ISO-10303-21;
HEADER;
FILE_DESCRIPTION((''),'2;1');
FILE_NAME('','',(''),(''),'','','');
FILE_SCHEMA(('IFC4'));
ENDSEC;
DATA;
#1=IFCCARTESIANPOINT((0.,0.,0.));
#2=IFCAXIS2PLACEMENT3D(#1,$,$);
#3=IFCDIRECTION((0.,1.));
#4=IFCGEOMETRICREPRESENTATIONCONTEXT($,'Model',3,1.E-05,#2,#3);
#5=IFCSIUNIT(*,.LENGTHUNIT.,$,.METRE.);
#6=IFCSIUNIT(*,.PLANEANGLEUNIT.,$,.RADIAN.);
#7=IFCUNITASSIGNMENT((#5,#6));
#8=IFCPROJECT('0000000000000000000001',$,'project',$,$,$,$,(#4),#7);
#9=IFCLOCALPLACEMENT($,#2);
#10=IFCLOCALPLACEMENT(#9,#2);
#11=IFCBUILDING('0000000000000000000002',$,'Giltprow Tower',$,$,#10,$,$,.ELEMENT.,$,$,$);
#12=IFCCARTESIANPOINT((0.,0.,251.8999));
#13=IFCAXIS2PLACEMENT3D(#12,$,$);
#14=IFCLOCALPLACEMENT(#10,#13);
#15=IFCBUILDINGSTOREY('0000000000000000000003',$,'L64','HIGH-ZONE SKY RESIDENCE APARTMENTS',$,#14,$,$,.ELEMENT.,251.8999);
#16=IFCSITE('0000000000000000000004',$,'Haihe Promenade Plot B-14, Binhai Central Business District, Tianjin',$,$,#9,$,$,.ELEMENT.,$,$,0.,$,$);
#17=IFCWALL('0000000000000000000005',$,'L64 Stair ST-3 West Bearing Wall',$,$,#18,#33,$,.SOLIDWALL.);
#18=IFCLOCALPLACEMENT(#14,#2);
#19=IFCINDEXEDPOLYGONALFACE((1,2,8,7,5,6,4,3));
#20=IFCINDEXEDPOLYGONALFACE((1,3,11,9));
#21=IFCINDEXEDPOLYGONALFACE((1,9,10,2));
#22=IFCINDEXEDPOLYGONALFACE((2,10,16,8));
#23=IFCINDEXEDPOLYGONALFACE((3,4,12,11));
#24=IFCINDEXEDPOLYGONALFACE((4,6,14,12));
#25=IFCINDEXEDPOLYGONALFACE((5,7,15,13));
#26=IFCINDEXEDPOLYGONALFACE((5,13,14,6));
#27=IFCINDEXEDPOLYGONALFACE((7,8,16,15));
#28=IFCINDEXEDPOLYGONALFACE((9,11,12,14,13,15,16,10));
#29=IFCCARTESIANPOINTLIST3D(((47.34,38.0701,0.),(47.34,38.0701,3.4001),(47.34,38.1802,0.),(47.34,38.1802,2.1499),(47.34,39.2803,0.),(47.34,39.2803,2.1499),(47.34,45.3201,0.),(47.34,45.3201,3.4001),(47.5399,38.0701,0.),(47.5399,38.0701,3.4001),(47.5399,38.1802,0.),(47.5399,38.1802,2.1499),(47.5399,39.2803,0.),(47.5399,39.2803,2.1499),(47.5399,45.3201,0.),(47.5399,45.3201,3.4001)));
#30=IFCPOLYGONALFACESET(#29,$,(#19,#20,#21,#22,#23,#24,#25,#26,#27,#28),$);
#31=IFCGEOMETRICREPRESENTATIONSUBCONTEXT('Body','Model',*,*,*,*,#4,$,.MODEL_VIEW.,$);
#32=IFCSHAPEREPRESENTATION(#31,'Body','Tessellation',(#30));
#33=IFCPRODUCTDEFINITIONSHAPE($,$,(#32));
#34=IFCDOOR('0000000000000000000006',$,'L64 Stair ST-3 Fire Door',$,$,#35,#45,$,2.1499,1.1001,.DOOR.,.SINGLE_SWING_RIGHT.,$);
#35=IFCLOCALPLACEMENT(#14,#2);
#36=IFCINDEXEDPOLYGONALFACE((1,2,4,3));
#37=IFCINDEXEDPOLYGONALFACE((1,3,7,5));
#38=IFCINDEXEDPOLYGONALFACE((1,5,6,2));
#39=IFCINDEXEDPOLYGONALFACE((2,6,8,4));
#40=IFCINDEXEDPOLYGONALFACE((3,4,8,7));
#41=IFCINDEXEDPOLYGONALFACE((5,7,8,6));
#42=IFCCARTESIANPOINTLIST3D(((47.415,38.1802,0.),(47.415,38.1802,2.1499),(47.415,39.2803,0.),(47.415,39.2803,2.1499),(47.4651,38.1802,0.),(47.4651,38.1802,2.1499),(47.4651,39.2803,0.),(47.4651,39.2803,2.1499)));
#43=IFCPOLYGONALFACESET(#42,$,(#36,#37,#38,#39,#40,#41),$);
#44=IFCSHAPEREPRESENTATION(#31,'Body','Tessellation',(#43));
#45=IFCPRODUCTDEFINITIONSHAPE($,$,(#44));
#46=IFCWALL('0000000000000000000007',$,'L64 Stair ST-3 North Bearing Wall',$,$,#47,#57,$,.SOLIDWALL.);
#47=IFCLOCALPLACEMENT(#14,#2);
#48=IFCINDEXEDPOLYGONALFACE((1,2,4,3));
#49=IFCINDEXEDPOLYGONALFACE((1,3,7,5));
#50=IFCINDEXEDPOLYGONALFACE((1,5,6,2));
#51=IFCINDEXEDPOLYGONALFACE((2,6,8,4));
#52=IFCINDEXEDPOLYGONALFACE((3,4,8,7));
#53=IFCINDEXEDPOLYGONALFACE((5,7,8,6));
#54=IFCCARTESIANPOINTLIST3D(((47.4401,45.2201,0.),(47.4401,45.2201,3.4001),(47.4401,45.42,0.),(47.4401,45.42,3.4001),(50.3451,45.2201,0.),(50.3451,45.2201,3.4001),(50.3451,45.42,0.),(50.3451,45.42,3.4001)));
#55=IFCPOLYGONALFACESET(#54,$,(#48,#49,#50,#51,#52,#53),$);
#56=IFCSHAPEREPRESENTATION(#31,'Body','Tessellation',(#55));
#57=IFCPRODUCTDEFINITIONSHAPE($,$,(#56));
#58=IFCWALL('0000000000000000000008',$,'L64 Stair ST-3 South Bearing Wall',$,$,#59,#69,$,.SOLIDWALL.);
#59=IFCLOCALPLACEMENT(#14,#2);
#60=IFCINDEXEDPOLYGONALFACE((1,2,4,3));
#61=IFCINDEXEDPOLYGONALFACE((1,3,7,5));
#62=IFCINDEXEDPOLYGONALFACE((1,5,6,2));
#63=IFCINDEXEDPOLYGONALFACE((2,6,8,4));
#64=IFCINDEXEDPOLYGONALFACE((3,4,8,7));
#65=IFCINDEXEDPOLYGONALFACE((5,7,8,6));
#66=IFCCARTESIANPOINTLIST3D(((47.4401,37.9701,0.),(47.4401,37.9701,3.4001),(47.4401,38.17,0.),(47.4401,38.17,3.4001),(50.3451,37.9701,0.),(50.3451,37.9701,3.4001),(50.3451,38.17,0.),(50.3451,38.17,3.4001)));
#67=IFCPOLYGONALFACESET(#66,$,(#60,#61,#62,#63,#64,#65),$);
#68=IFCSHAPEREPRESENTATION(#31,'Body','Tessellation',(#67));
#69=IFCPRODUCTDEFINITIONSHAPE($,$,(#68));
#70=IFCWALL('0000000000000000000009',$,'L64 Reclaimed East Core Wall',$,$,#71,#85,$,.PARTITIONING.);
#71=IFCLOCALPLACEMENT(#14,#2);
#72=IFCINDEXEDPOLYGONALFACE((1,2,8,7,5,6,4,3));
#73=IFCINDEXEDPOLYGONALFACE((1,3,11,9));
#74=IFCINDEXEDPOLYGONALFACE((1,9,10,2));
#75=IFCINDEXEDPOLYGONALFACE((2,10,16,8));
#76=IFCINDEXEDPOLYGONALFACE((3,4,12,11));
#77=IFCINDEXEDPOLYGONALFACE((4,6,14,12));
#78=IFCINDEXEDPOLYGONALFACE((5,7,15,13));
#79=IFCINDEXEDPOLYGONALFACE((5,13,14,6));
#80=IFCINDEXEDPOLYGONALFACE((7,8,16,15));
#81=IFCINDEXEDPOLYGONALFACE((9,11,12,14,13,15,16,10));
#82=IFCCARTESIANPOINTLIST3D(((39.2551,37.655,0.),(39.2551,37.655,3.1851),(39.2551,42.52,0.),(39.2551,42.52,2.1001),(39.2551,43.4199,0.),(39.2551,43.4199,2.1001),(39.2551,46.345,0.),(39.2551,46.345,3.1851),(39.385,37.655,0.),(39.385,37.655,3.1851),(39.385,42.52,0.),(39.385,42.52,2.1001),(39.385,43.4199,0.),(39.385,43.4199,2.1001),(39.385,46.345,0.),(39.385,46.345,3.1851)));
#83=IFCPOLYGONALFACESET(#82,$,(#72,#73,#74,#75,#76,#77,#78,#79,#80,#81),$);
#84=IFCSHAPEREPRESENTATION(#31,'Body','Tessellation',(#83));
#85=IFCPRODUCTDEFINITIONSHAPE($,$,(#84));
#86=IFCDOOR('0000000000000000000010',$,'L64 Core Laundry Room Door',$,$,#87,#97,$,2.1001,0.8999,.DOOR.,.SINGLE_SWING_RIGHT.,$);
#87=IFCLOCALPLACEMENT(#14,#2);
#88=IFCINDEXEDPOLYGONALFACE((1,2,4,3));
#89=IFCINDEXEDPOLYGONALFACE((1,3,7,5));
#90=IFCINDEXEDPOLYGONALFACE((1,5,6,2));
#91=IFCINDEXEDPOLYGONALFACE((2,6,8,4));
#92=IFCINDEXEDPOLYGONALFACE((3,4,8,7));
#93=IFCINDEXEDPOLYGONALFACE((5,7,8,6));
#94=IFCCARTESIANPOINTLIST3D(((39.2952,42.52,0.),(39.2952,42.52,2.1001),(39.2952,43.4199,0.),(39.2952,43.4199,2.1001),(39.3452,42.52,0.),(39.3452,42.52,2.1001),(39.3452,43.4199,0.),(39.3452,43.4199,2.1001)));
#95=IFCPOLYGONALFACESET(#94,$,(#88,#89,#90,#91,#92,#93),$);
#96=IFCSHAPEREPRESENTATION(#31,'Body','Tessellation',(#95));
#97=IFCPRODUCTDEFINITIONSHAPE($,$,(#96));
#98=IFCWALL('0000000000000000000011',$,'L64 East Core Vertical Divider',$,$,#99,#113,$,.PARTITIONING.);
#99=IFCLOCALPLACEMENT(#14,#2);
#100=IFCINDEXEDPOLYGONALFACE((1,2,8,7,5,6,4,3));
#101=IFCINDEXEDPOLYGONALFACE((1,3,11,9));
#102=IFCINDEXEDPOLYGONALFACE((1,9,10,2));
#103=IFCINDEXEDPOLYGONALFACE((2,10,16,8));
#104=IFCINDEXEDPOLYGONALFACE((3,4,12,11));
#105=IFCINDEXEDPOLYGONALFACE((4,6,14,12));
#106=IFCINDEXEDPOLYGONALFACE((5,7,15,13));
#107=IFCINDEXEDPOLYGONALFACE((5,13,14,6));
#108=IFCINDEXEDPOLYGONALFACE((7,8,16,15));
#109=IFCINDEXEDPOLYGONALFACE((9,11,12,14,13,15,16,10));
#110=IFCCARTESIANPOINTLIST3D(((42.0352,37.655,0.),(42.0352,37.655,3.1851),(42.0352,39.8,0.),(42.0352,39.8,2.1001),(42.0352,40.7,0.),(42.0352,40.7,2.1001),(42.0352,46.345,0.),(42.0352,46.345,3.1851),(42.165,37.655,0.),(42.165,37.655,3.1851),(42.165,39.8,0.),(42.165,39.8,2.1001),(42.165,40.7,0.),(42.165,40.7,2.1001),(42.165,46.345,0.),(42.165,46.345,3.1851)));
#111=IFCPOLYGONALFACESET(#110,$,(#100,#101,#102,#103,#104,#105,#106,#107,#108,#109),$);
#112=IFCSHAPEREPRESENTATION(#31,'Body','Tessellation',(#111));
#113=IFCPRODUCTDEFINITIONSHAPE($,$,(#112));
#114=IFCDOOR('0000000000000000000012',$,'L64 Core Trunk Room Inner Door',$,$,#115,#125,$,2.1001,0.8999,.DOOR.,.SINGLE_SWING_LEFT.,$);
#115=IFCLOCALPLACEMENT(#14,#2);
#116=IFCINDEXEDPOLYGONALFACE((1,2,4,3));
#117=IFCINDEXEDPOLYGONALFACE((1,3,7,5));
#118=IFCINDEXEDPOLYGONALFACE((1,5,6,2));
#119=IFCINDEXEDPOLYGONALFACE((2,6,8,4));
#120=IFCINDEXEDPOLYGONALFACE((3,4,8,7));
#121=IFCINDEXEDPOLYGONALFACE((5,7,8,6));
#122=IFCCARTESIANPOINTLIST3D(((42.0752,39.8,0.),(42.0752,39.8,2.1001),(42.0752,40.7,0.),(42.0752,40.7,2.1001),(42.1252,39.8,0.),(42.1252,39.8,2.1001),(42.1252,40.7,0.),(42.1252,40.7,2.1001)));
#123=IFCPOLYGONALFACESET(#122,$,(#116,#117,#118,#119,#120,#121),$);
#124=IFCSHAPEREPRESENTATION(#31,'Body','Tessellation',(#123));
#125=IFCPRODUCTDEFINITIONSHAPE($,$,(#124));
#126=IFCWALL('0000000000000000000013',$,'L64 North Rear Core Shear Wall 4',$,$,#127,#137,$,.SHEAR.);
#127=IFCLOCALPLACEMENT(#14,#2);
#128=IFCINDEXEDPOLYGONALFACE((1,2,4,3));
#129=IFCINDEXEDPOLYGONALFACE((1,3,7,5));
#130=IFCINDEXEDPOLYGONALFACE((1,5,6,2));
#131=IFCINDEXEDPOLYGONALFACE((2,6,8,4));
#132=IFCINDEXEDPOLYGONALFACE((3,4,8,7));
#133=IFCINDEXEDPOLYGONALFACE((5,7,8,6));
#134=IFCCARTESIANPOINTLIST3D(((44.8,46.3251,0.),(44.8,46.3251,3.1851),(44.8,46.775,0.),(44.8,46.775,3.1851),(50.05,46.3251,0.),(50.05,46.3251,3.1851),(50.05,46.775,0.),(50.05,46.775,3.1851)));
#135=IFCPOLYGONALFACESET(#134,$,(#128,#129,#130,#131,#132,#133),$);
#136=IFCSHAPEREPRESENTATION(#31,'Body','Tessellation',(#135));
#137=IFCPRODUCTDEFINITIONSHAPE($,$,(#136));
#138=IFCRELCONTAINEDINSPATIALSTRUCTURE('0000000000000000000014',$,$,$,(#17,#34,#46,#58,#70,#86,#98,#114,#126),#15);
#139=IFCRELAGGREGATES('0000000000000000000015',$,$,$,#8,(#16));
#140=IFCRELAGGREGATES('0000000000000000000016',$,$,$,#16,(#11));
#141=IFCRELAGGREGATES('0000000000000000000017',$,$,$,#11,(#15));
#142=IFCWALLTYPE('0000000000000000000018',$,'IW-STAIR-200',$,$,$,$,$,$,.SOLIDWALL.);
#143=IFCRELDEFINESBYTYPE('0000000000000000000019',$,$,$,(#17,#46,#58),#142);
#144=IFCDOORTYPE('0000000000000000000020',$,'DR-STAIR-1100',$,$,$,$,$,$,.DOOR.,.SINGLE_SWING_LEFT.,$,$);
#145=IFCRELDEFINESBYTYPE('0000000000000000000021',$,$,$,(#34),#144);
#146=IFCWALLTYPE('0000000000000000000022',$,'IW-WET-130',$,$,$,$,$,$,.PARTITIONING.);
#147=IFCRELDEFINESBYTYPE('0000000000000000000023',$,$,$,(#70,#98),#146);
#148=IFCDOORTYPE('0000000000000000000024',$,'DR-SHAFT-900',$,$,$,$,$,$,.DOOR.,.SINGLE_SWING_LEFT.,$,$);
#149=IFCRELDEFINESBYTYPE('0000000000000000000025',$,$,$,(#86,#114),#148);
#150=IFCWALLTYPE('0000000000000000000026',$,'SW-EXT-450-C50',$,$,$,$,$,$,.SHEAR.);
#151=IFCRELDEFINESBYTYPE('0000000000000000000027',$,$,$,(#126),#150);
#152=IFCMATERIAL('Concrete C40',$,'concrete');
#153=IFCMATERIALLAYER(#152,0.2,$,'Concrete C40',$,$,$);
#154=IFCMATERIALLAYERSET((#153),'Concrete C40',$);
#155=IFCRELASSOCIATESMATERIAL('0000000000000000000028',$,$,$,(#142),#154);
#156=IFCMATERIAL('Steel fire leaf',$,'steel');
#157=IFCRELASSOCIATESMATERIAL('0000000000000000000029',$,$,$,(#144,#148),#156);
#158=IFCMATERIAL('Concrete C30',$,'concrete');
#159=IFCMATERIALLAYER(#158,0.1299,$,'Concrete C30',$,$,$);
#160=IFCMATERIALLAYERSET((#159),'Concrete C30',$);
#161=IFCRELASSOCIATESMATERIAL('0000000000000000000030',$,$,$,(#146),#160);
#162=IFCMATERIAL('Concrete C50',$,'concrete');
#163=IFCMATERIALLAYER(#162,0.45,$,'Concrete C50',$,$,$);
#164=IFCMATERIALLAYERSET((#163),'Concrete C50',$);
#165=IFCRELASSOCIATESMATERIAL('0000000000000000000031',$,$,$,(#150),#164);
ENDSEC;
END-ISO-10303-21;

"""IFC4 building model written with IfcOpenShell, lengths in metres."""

from ifc_helpers import new_model, si_unit, direction, frame, frame_2d, origin, place, context, subcontext, project, spatial, rectangle, extrude, source, transform, mapped, material, layer, layer_set, type_object, element, fill, save


model = new_model("IFC4")

# Units and contexts
model_context = context("Model", 3, precision=1e-05, world=origin(), true_north=direction((0.0, 1.0)))
body_context = subcontext(model_context, "Body", "Model", "MODEL_VIEW")
ifc_project = project(units=[si_unit("LENGTHUNIT", "METRE"), si_unit("PLANEANGLEUNIT", "RADIAN")], contexts=[model_context])

# Site, building, storey
site_placement = place(None, origin())
site = spatial("IfcSite", under=ifc_project, at=site_placement, Name="Haihe Promenade Plot B-14, Binhai Central Business District, Tianjin", CompositionType="ELEMENT", RefElevation=0.0)
building_placement = place(site_placement, origin())
building = spatial("IfcBuilding", under=site, at=building_placement, Name="Giltprow Tower", CompositionType="ELEMENT")
storey_placement = place(building_placement, frame((0.0, 0.0, 251.8999)))
storey = spatial("IfcBuildingStorey", under=building, at=storey_placement, Name="L64", Description="HIGH-ZONE SKY RESIDENCE APARTMENTS", CompositionType="ELEMENT", Elevation=251.8999)

# Shared definitions
ifc_material_1 = material(Name="Concrete C50", Category="concrete")

# Shared definitions
ifc_material_2 = material(Name="Concrete C40", Category="concrete")

# Wall, opening, door
ifc_layer_1 = layer(ifc_material_2, 0.2, Name="Concrete C40")
ifc_layer_set_1 = layer_set([ifc_layer_1], Name="Concrete C40")
wall_type_1 = type_object("IfcWallType", Name="IW-STAIR-200", PredefinedType="SOLIDWALL", material=ifc_layer_set_1)
wall_1_placement = place(storey_placement, frame((47.4399, 38.0701, 0.0), z_axis=(0.0, 0.0, 1.0), x_axis=(0.0, 1.0, 0.0)))
wall_1 = element("IfcWall", 1, at=wall_1_placement, inside=storey, type_object=wall_type_1, Name="L64 Stair ST-3 West Bearing Wall", PredefinedType="SOLIDWALL", context=body_context, shape_type="SweptSolid", body=[
    extrude(rectangle(XDim=7.25, YDim=0.2, at=frame_2d((3.625, 0.0))), origin(), (0.0, 0.0, 1.0), 3.4001),
])
opening_1_placement = place(wall_1_placement, frame((0.1101, 0.0, 0.0)))
opening_1 = element("IfcOpeningElement", 2, at=opening_1_placement, cuts=wall_1, PredefinedType="OPENING", context=body_context, shape_type="SweptSolid", body=[
    extrude(rectangle(XDim=1.1001, YDim=2.1499, at=frame_2d((0.55, 1.075))), frame((0.0, 0.1099, 0.0), z_axis=(0.0, -1.0, 0.0), x_axis=(1.0, 0.0, 0.0)), (0.0, 0.0, 1.0), 0.22),
])
ifc_material_3 = material(Name="Steel fire leaf", Category="steel")
door_type_1 = type_object("IfcDoorType", Name="DR-STAIR-1100", OperationType="SINGLE_SWING_LEFT", PredefinedType="DOOR", material=ifc_material_3)
shared_shape_1 = source(origin(), body_context, "Body", "SweptSolid", [
    extrude(rectangle(XDim=1.1001, YDim=2.1499, at=frame_2d((0.55, 1.075))), frame((0.0, 0.0249, 0.0), z_axis=(0.0, -1.0, 0.0), x_axis=(1.0, 0.0, 0.0)), (0.0, 0.0, 1.0), 0.05),
])
door_1_placement = place(opening_1_placement, origin())
door_1 = element("IfcDoor", 3, at=door_1_placement, inside=storey, type_object=door_type_1, Name="L64 Stair ST-3 Fire Door", OperationType="SINGLE_SWING_RIGHT", OverallHeight=2.1499, OverallWidth=1.1001, PredefinedType="DOOR", context=body_context, shape_type="MappedRepresentation", body=[
    mapped(shared_shape_1, transform((0.0, 0.0, 0.0), x_axis=(1.0, 0.0, 0.0), y_axis=(0.0, 1.0, 0.0), z_axis=(0.0, 0.0, 1.0), scale=1.0)),
])
fill(opening_1, door_1)

# Walls
for number, where, z_axis, x_axis, name in (
    (4, (47.4399, 45.3201, 0.0), (0.0, 0.0, 1.0), (1.0, 0.0, 0.0), "L64 Stair ST-3 North Bearing Wall"),
    (5, (47.4399, 38.0701, 0.0), (0.0, 0.0, 1.0), (1.0, 0.0, 0.0), "L64 Stair ST-3 South Bearing Wall"),
):
    element("IfcWall", number, at=place(storey_placement, frame(where, z_axis=z_axis, x_axis=x_axis)), inside=storey, type_object=wall_type_1, Name=name, PredefinedType="SOLIDWALL", context=body_context, shape_type="SweptSolid", body=[
        extrude(rectangle(XDim=2.905, YDim=0.2, at=frame_2d((1.4526, 0.0))), origin(), (0.0, 0.0, 1.0), 3.4001),
    ])

# Walls, openings, doors
ifc_material_4 = material(Name="Concrete C30", Category="concrete")
ifc_layer_2 = layer(ifc_material_4, 0.1299, Name="Concrete C30")
ifc_layer_set_2 = layer_set([ifc_layer_2], Name="Concrete C30")
wall_type_2 = type_object("IfcWallType", Name="IW-WET-130", PredefinedType="PARTITIONING", material=ifc_layer_set_2)
wall_2_placement = place(storey_placement, frame((39.3201, 37.655, 0.0), z_axis=(0.0, 0.0, 1.0), x_axis=(0.0, 1.0, 0.0)))
wall_2 = element("IfcWall", 6, at=wall_2_placement, inside=storey, type_object=wall_type_2, Name="L64 Reclaimed East Core Wall", PredefinedType="PARTITIONING", context=body_context, shape_type="SweptSolid", body=[
    extrude(rectangle(XDim=8.6899, YDim=0.1299, at=frame_2d((4.345, 0.0))), origin(), (0.0, 0.0, 1.0), 3.1851),
])
opening_2_placement = place(wall_2_placement, frame((4.865, 0.0, 0.0)))
opening_2 = element("IfcOpeningElement", 7, at=opening_2_placement, cuts=wall_2, PredefinedType="OPENING", context=body_context, shape_type="SweptSolid", body=[
    extrude(rectangle(XDim=0.8999, YDim=2.1001, at=frame_2d((0.45, 1.05))), frame((0.0, 0.075, 0.0), z_axis=(0.0, -1.0, 0.0), x_axis=(1.0, 0.0, 0.0)), (0.0, 0.0, 1.0), 0.1499),
])
door_type_2 = type_object("IfcDoorType", Name="DR-SHAFT-900", OperationType="SINGLE_SWING_LEFT", PredefinedType="DOOR", material=ifc_material_3)
shared_shape_2 = source(origin(), body_context, "Body", "SweptSolid", [
    extrude(rectangle(XDim=0.8999, YDim=2.1001, at=frame_2d((0.45, 1.05))), frame((0.0, 0.0249, 0.0), z_axis=(0.0, -1.0, 0.0), x_axis=(1.0, 0.0, 0.0)), (0.0, 0.0, 1.0), 0.05),
])
door_2_placement = place(opening_2_placement, origin())
door_2 = element("IfcDoor", 8, at=door_2_placement, inside=storey, type_object=door_type_2, Name="L64 Core Laundry Room Door", OperationType="SINGLE_SWING_RIGHT", OverallHeight=2.1001, OverallWidth=0.8999, PredefinedType="DOOR", context=body_context, shape_type="MappedRepresentation", body=[
    mapped(shared_shape_2, transform((0.0, 0.0, 0.0), x_axis=(1.0, 0.0, 0.0), y_axis=(0.0, 1.0, 0.0), z_axis=(0.0, 0.0, 1.0), scale=1.0)),
])
fill(opening_2, door_2)
wall_3_placement = place(storey_placement, frame((42.1001, 37.655, 0.0), z_axis=(0.0, 0.0, 1.0), x_axis=(0.0, 1.0, 0.0)))
wall_3 = element("IfcWall", 9, at=wall_3_placement, inside=storey, type_object=wall_type_2, Name="L64 East Core Vertical Divider", PredefinedType="PARTITIONING", context=body_context, shape_type="SweptSolid", body=[
    extrude(rectangle(XDim=8.6899, YDim=0.1299, at=frame_2d((4.345, 0.0))), origin(), (0.0, 0.0, 1.0), 3.1851),
])
opening_3_placement = place(wall_3_placement, frame((2.145, 0.0, 0.0)))
opening_3 = element("IfcOpeningElement", 10, at=opening_3_placement, cuts=wall_3, PredefinedType="OPENING", context=body_context, shape_type="SweptSolid", body=[
    extrude(rectangle(XDim=0.8999, YDim=2.1001, at=frame_2d((0.45, 1.05))), frame((0.0, 0.075, 0.0), z_axis=(0.0, -1.0, 0.0), x_axis=(1.0, 0.0, 0.0)), (0.0, 0.0, 1.0), 0.1499),
])
door_3_placement = place(opening_3_placement, origin())
door_3 = element("IfcDoor", 11, at=door_3_placement, inside=storey, type_object=door_type_2, Name="L64 Core Trunk Room Inner Door", OperationType="SINGLE_SWING_LEFT", OverallHeight=2.1001, OverallWidth=0.8999, PredefinedType="DOOR", context=body_context, shape_type="MappedRepresentation", body=[
    mapped(shared_shape_2, transform((0.0, 0.0, 0.0), x_axis=(1.0, 0.0, 0.0), y_axis=(0.0, 1.0, 0.0), z_axis=(0.0, 0.0, 1.0), scale=1.0)),
])
fill(opening_3, door_3)

# Wall
ifc_layer_3 = layer(ifc_material_1, 0.45, Name="Concrete C50")
ifc_layer_set_3 = layer_set([ifc_layer_3], Name="Concrete C50")
wall_type_3 = type_object("IfcWallType", Name="SW-EXT-450-C50", PredefinedType="SHEAR", material=ifc_layer_set_3)
wall_4_placement = place(storey_placement, frame((44.8, 46.55, 0.0), z_axis=(0.0, 0.0, 1.0), x_axis=(1.0, 0.0, 0.0)))
element("IfcWall", 12, at=wall_4_placement, inside=storey, type_object=wall_type_3, Name="L64 North Rear Core Shear Wall 4", PredefinedType="SHEAR", context=body_context, shape_type="SweptSolid", body=[
    extrude(rectangle(XDim=5.25, YDim=0.45, at=frame_2d((2.625, 0.0))), origin(), (0.0, 0.0, 1.0), 3.1851),
])

save(model, "model.ifc")
